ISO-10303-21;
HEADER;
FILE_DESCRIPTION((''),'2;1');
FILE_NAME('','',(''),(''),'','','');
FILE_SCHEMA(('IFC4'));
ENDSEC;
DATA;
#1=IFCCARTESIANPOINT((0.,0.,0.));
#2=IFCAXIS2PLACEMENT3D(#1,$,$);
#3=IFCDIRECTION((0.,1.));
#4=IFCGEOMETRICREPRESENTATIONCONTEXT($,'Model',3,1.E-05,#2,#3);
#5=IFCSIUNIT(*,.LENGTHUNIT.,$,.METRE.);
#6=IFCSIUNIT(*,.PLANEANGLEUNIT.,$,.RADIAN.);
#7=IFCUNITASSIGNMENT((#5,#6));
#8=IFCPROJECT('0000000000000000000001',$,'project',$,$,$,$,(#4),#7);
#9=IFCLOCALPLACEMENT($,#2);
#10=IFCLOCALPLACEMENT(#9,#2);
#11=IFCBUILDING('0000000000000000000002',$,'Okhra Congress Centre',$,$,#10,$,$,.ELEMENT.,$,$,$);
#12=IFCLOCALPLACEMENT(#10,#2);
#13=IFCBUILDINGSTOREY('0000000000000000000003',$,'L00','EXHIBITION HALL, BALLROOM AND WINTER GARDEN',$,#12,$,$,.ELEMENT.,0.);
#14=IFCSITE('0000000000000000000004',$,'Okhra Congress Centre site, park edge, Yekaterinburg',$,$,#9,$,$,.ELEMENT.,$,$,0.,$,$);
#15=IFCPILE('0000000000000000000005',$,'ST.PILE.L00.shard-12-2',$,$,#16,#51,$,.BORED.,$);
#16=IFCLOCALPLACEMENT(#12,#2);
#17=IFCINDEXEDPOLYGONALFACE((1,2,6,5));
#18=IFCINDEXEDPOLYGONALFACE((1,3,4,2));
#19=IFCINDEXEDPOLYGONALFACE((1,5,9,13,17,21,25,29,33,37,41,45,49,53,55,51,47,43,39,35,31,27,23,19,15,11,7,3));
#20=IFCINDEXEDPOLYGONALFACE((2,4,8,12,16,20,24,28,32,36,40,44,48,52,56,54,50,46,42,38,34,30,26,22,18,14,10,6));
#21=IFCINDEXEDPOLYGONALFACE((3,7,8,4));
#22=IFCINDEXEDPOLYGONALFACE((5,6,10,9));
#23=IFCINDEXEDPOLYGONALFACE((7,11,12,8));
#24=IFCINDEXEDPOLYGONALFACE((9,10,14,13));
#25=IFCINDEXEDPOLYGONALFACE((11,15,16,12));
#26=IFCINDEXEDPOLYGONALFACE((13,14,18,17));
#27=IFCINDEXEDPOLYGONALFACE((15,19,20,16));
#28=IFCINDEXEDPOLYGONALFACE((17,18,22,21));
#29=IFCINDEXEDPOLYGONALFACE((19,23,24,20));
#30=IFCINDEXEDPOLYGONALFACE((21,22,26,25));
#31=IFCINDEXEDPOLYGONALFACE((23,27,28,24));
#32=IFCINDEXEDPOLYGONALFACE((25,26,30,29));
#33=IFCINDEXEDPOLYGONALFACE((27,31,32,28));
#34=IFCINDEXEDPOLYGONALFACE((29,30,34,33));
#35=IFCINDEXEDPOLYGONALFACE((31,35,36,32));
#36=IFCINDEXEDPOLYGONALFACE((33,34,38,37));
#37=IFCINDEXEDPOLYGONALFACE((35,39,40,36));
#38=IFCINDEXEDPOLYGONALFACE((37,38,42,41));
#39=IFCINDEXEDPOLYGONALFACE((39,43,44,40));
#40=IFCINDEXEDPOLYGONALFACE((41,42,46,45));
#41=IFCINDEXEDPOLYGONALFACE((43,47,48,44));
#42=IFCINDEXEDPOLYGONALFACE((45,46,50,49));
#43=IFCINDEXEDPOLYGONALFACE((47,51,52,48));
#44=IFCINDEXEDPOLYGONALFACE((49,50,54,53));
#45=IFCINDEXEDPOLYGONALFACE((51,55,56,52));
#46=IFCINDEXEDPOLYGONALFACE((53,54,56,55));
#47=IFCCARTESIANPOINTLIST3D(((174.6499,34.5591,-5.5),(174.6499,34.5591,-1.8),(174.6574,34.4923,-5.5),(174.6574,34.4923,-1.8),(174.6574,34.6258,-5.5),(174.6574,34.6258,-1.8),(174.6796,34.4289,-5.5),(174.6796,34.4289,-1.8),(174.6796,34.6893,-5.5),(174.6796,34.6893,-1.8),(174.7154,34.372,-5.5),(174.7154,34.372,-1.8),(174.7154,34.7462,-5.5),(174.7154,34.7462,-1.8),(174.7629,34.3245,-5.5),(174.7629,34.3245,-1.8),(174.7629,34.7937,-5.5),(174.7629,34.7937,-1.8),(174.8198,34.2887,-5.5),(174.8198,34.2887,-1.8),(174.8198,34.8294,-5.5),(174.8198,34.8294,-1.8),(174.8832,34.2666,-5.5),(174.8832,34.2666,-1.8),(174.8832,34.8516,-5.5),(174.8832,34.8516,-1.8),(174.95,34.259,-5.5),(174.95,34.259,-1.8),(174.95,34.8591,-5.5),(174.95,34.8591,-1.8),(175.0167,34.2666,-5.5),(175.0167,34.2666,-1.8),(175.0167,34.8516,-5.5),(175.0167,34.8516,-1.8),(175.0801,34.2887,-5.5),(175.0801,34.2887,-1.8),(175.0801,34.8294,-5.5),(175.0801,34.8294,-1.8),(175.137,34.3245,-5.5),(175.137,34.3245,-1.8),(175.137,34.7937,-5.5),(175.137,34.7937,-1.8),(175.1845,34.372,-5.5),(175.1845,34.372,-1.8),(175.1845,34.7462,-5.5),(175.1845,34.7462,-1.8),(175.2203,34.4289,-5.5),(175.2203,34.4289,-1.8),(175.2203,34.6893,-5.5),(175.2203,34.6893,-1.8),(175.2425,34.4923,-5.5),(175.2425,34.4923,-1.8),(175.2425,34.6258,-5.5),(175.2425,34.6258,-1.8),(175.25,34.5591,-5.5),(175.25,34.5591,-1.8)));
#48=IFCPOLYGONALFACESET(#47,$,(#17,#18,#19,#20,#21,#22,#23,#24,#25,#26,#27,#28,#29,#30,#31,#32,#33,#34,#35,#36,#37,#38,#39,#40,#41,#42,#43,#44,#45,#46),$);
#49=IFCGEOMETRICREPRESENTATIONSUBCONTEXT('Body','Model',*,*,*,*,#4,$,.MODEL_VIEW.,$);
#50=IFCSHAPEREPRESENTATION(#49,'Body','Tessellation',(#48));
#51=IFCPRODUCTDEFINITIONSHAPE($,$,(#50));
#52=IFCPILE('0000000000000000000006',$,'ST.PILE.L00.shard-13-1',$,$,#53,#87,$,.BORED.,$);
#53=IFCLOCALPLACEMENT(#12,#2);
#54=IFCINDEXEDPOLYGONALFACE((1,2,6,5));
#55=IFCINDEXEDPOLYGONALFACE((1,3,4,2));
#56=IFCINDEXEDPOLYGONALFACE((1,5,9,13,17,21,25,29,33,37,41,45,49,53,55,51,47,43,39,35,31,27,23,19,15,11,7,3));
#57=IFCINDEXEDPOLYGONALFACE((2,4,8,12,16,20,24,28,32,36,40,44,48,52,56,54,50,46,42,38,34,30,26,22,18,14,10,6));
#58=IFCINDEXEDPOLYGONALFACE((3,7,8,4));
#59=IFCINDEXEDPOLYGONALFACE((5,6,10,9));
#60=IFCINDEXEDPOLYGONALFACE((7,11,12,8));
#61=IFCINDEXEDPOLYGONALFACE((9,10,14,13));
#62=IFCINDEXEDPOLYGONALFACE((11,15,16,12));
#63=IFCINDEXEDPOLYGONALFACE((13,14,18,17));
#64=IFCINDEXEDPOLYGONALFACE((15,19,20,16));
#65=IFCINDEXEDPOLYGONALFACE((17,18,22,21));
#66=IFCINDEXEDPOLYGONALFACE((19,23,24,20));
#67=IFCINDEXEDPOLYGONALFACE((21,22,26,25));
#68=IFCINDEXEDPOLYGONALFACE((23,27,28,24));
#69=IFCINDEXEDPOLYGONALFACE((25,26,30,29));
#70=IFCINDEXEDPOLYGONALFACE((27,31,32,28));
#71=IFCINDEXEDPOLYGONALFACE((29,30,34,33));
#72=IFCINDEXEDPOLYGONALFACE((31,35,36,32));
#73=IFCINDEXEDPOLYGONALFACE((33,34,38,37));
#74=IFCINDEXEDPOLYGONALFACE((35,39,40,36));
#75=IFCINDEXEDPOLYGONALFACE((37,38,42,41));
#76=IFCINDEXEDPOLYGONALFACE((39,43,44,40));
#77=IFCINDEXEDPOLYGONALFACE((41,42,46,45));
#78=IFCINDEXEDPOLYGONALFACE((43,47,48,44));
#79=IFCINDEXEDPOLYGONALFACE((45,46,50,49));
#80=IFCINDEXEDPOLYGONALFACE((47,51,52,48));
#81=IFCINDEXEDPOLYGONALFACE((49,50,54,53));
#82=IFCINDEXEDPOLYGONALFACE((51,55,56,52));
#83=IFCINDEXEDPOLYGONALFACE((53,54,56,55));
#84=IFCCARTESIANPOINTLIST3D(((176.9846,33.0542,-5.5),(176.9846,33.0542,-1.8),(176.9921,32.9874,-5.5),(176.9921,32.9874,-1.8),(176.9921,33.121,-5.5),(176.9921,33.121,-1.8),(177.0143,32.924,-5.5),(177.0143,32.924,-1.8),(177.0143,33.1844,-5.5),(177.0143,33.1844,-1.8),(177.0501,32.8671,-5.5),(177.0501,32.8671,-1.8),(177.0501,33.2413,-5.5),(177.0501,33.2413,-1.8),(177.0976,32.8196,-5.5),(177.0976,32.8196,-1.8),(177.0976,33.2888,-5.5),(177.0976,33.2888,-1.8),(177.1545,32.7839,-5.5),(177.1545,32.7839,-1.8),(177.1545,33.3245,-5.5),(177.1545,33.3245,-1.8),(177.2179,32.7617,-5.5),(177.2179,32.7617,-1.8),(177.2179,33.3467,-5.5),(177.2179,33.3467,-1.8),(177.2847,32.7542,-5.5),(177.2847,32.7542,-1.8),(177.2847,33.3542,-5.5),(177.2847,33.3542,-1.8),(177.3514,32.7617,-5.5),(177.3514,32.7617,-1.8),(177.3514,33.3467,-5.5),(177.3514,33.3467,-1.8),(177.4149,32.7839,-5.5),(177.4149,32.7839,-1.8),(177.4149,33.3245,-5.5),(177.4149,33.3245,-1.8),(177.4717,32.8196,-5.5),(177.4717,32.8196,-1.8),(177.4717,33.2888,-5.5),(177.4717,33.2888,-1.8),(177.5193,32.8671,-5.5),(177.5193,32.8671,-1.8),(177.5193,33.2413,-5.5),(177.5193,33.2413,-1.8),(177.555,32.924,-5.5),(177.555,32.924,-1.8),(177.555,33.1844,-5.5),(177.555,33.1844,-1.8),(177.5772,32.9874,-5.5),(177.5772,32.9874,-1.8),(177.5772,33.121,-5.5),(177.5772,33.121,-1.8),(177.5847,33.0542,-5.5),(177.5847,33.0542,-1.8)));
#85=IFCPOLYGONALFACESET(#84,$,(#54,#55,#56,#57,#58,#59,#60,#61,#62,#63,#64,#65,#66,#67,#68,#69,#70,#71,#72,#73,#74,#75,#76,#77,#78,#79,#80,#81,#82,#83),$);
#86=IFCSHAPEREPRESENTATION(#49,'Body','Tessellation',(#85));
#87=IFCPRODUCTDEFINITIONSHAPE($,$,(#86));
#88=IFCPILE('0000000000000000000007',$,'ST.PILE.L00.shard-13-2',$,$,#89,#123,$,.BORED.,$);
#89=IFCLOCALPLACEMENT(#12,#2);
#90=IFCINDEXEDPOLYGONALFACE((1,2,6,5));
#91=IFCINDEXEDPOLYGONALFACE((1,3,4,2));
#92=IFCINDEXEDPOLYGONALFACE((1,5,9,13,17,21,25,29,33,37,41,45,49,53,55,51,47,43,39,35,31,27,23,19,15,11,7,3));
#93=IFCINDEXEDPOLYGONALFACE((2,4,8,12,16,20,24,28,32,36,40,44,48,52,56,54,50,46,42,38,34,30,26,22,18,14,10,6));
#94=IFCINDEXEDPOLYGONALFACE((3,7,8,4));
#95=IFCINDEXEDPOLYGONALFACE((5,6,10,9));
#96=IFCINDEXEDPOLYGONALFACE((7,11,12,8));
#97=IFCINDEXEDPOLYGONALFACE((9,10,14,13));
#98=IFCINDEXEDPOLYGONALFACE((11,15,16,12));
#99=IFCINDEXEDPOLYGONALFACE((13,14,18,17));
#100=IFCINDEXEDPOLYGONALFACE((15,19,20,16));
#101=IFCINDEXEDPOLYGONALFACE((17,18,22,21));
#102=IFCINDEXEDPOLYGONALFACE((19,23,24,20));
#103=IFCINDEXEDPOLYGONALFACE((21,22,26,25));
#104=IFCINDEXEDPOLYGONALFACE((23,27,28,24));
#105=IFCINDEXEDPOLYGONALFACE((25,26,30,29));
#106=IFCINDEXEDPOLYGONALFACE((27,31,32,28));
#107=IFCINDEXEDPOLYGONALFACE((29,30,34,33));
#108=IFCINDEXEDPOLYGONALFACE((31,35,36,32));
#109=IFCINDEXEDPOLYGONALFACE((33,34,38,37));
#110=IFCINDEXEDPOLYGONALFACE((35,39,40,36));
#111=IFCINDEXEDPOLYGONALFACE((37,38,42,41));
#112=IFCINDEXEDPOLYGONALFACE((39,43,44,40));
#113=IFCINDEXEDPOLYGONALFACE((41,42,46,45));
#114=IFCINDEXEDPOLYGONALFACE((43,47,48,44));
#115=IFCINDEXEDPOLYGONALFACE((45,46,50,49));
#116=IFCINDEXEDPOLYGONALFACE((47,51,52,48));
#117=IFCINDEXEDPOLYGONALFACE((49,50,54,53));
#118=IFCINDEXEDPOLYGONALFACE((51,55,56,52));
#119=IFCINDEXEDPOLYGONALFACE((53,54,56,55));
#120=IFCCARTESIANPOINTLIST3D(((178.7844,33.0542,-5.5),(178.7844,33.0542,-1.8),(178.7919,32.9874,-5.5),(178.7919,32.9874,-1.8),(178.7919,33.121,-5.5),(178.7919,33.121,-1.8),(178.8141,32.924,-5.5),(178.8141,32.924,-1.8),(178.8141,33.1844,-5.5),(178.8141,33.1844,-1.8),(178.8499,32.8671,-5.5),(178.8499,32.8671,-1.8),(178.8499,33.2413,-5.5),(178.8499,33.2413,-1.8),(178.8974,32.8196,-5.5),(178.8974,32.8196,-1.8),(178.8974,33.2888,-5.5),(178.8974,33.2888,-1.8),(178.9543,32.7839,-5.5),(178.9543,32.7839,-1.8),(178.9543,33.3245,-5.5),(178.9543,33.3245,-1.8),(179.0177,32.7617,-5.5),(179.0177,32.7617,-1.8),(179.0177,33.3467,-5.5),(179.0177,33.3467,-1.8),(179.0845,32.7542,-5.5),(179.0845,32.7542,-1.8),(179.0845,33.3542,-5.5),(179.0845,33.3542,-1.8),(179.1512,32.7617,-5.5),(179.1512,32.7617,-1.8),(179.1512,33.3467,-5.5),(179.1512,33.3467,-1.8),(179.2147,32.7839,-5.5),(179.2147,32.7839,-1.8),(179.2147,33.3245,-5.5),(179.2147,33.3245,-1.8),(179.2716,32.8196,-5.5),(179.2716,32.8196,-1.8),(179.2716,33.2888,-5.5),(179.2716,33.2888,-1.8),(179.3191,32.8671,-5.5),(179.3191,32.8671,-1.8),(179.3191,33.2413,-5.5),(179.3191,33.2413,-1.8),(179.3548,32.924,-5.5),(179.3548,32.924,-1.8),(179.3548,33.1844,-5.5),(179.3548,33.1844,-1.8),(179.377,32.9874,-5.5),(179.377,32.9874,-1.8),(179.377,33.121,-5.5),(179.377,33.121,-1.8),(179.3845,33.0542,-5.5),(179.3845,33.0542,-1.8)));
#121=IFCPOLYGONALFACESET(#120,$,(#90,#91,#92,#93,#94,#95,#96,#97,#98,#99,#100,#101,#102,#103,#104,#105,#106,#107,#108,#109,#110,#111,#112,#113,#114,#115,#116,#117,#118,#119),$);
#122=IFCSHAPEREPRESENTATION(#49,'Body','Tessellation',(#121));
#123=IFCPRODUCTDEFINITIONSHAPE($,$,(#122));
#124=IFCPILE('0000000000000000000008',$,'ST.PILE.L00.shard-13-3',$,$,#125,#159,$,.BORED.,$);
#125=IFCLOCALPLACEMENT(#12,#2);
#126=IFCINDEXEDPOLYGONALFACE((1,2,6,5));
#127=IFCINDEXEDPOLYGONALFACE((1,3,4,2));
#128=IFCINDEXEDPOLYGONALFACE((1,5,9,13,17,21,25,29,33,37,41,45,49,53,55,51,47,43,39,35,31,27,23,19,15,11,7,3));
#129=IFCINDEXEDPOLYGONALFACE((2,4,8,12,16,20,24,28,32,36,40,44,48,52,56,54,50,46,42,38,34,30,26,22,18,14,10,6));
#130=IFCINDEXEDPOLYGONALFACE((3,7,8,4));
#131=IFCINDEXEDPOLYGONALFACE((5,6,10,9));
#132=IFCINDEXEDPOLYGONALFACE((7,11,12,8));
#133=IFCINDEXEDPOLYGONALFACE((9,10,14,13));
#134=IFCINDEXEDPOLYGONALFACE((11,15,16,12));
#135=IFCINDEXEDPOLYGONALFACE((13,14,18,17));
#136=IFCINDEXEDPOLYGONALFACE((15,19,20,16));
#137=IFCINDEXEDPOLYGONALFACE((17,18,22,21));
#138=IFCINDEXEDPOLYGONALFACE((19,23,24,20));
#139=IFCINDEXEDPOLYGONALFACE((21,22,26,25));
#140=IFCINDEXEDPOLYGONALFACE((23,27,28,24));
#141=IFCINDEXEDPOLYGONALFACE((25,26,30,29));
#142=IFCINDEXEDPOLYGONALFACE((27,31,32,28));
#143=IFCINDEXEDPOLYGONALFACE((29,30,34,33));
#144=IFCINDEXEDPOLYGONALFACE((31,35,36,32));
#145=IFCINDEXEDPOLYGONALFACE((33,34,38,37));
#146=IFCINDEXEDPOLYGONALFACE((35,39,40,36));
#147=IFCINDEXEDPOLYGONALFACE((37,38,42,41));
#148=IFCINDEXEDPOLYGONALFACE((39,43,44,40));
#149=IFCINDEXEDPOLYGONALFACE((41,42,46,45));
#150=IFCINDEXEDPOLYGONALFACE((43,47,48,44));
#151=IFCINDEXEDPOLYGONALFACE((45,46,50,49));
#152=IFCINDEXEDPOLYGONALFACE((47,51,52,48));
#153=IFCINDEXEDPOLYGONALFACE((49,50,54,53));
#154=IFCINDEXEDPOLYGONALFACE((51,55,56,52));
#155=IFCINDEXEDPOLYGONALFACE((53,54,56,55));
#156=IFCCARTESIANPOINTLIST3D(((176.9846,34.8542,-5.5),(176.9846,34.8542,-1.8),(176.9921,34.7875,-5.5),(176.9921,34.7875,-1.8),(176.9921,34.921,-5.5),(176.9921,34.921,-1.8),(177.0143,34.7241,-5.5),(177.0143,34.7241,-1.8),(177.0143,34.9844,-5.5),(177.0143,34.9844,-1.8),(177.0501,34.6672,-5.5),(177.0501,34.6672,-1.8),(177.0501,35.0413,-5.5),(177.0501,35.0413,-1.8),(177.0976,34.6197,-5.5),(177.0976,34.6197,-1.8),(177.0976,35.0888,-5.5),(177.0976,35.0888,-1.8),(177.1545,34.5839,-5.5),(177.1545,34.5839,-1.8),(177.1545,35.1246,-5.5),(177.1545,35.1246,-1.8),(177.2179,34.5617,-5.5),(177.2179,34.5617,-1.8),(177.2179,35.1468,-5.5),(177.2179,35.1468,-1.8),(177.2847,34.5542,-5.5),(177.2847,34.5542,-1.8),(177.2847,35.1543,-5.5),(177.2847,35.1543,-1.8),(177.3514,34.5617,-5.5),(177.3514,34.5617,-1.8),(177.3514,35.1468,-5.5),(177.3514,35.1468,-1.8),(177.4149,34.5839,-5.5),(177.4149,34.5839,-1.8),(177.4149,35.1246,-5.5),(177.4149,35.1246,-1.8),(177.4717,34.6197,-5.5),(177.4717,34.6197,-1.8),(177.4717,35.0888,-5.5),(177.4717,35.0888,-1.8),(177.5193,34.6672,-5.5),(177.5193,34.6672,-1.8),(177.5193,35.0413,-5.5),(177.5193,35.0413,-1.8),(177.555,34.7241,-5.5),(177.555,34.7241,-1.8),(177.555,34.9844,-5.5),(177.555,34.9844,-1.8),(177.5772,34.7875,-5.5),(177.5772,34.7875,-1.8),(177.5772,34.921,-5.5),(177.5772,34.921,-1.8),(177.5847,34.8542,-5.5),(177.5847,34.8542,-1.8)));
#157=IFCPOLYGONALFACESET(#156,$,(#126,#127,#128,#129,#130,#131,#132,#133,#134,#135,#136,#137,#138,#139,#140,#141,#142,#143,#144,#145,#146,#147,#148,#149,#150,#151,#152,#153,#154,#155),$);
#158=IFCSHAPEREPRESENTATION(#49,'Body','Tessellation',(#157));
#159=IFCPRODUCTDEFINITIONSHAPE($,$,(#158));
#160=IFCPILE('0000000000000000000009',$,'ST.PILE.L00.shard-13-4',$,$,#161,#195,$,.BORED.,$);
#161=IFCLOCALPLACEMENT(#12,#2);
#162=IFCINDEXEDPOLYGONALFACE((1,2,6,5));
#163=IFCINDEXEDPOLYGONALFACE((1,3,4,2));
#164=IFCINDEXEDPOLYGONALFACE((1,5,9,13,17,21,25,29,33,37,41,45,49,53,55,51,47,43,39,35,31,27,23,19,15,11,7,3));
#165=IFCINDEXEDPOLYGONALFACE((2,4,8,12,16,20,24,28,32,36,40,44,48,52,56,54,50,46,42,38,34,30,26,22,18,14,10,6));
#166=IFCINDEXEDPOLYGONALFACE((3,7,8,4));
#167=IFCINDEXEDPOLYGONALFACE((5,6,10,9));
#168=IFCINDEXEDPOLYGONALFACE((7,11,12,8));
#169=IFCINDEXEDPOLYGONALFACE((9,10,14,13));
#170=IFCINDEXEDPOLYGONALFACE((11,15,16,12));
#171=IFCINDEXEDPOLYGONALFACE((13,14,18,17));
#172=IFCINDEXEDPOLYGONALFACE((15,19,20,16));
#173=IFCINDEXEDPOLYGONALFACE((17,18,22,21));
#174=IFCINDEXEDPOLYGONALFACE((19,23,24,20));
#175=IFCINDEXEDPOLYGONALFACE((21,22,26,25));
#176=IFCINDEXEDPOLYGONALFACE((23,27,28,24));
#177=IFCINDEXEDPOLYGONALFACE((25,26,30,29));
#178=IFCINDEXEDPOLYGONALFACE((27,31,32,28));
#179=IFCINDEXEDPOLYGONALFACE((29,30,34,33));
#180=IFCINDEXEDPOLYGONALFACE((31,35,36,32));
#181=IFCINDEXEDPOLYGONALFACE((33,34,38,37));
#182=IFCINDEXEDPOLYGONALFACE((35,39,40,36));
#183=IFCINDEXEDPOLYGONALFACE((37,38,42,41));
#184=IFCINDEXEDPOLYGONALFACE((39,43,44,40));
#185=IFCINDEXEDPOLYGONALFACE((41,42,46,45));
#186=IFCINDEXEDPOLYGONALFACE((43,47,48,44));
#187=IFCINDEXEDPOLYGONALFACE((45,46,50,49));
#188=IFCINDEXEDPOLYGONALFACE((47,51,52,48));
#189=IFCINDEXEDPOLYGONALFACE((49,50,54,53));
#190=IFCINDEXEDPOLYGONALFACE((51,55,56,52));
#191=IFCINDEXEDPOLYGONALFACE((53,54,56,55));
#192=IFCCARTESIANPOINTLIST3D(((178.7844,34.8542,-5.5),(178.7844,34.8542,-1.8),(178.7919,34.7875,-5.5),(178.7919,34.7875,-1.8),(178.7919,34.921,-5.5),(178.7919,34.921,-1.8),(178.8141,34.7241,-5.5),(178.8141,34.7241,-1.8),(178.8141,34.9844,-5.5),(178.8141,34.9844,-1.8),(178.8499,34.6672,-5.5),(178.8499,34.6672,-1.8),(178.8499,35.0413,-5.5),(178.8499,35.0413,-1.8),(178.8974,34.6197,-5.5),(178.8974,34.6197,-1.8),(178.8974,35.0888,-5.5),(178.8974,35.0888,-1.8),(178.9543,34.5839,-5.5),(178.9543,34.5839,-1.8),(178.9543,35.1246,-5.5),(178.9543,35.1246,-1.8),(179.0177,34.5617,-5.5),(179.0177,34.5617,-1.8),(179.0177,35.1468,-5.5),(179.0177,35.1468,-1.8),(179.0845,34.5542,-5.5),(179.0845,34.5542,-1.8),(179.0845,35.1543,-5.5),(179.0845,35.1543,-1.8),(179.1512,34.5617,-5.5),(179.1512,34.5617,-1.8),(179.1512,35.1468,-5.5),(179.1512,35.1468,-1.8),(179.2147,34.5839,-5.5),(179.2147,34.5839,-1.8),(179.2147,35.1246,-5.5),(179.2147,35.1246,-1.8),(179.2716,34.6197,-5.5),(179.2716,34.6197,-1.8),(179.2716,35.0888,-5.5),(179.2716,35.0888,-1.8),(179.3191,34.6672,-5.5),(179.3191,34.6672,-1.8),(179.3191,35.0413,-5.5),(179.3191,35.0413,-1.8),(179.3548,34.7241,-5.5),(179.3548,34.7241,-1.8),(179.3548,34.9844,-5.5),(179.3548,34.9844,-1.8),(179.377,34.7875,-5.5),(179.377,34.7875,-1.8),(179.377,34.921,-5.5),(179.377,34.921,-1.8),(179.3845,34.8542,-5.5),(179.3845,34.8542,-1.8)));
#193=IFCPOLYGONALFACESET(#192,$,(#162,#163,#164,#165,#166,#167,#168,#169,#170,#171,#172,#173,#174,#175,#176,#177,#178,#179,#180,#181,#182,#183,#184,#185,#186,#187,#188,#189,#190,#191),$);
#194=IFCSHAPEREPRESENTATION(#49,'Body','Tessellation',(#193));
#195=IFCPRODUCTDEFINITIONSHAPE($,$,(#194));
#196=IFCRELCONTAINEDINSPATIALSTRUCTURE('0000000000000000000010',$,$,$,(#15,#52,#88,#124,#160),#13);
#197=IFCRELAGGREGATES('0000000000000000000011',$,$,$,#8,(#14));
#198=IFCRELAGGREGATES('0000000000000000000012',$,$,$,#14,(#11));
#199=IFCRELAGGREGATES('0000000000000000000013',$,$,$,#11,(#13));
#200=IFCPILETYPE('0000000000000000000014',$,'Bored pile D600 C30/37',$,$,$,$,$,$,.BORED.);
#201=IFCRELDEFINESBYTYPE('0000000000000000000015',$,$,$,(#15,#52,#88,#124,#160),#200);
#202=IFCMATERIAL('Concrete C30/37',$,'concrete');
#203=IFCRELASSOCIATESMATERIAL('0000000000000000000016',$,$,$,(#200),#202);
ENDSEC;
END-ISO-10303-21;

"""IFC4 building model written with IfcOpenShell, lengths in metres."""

from ifc_helpers import new_model, si_unit, direction, frame, origin, origin_2d, place, context, subcontext, project, spatial, circle, extrude, material, material_profile, profile_set, type_object, element, save


model = new_model("IFC4")

# Units and contexts
model_context = context("Model", 3, precision=1e-05, world=origin(), true_north=direction((0.0, 1.0)))
body_context = subcontext(model_context, "Body", "Model", "MODEL_VIEW")
ifc_project = project(units=[si_unit("LENGTHUNIT", "METRE"), si_unit("PLANEANGLEUNIT", "RADIAN")], contexts=[model_context])

# Site, building, storey
site_placement = place(None, origin())
site = spatial("IfcSite", under=ifc_project, at=site_placement, Name="Okhra Congress Centre site, park edge, Yekaterinburg", CompositionType="ELEMENT", RefElevation=0.0)
building_placement = place(site_placement, origin())
building = spatial("IfcBuilding", under=site, at=building_placement, Name="Okhra Congress Centre", CompositionType="ELEMENT")
storey_placement = place(building_placement, origin())
storey = spatial("IfcBuildingStorey", under=building, at=storey_placement, Name="L00", Description="EXHIBITION HALL, BALLROOM AND WINTER GARDEN", CompositionType="ELEMENT", Elevation=0.0)

# Piles
ifc_material_1 = material(Name="Concrete C30/37", Category="concrete")
ifc_material_profile_1 = material_profile(ifc_material_1, circle(Radius=0.3, at=origin_2d()), Name="D600")
ifc_profile_set_1 = profile_set([ifc_material_profile_1], Name="Concrete C30/37")
pile_type = type_object("IfcPileType", Name="Bored pile D600 C30/37", PredefinedType="BORED", material=ifc_profile_set_1)
for number, where, z_axis, x_axis, name in (
    (1, (174.95, 34.5591, -1.8), (0.0, 0.0, -1.0), (1.0, 0.0, 0.0), "ST.PILE.L00.shard-12-2"),
    (2, (177.2847, 33.0542, -1.8), (0.0, 0.0, -1.0), (1.0, 0.0, 0.0), "ST.PILE.L00.shard-13-1"),
    (3, (179.0845, 33.0542, -1.8), (0.0, 0.0, -1.0), (1.0, 0.0, 0.0), "ST.PILE.L00.shard-13-2"),
    (4, (177.2847, 34.8542, -1.8), (0.0, 0.0, -1.0), (1.0, 0.0, 0.0), "ST.PILE.L00.shard-13-3"),
    (5, (179.0845, 34.8542, -1.8), (0.0, 0.0, -1.0), (1.0, 0.0, 0.0), "ST.PILE.L00.shard-13-4"),
):
    element("IfcPile", number, at=place(storey_placement, frame(where, z_axis=z_axis, x_axis=x_axis)), inside=storey, type_object=pile_type, Name=name, PredefinedType="BORED", context=body_context, shape_type="SweptSolid", body=[
        extrude(circle(Radius=0.3, at=origin_2d()), origin(), (0.0, 0.0, 1.0), 3.7),
    ])

save(model, "model.ifc")
